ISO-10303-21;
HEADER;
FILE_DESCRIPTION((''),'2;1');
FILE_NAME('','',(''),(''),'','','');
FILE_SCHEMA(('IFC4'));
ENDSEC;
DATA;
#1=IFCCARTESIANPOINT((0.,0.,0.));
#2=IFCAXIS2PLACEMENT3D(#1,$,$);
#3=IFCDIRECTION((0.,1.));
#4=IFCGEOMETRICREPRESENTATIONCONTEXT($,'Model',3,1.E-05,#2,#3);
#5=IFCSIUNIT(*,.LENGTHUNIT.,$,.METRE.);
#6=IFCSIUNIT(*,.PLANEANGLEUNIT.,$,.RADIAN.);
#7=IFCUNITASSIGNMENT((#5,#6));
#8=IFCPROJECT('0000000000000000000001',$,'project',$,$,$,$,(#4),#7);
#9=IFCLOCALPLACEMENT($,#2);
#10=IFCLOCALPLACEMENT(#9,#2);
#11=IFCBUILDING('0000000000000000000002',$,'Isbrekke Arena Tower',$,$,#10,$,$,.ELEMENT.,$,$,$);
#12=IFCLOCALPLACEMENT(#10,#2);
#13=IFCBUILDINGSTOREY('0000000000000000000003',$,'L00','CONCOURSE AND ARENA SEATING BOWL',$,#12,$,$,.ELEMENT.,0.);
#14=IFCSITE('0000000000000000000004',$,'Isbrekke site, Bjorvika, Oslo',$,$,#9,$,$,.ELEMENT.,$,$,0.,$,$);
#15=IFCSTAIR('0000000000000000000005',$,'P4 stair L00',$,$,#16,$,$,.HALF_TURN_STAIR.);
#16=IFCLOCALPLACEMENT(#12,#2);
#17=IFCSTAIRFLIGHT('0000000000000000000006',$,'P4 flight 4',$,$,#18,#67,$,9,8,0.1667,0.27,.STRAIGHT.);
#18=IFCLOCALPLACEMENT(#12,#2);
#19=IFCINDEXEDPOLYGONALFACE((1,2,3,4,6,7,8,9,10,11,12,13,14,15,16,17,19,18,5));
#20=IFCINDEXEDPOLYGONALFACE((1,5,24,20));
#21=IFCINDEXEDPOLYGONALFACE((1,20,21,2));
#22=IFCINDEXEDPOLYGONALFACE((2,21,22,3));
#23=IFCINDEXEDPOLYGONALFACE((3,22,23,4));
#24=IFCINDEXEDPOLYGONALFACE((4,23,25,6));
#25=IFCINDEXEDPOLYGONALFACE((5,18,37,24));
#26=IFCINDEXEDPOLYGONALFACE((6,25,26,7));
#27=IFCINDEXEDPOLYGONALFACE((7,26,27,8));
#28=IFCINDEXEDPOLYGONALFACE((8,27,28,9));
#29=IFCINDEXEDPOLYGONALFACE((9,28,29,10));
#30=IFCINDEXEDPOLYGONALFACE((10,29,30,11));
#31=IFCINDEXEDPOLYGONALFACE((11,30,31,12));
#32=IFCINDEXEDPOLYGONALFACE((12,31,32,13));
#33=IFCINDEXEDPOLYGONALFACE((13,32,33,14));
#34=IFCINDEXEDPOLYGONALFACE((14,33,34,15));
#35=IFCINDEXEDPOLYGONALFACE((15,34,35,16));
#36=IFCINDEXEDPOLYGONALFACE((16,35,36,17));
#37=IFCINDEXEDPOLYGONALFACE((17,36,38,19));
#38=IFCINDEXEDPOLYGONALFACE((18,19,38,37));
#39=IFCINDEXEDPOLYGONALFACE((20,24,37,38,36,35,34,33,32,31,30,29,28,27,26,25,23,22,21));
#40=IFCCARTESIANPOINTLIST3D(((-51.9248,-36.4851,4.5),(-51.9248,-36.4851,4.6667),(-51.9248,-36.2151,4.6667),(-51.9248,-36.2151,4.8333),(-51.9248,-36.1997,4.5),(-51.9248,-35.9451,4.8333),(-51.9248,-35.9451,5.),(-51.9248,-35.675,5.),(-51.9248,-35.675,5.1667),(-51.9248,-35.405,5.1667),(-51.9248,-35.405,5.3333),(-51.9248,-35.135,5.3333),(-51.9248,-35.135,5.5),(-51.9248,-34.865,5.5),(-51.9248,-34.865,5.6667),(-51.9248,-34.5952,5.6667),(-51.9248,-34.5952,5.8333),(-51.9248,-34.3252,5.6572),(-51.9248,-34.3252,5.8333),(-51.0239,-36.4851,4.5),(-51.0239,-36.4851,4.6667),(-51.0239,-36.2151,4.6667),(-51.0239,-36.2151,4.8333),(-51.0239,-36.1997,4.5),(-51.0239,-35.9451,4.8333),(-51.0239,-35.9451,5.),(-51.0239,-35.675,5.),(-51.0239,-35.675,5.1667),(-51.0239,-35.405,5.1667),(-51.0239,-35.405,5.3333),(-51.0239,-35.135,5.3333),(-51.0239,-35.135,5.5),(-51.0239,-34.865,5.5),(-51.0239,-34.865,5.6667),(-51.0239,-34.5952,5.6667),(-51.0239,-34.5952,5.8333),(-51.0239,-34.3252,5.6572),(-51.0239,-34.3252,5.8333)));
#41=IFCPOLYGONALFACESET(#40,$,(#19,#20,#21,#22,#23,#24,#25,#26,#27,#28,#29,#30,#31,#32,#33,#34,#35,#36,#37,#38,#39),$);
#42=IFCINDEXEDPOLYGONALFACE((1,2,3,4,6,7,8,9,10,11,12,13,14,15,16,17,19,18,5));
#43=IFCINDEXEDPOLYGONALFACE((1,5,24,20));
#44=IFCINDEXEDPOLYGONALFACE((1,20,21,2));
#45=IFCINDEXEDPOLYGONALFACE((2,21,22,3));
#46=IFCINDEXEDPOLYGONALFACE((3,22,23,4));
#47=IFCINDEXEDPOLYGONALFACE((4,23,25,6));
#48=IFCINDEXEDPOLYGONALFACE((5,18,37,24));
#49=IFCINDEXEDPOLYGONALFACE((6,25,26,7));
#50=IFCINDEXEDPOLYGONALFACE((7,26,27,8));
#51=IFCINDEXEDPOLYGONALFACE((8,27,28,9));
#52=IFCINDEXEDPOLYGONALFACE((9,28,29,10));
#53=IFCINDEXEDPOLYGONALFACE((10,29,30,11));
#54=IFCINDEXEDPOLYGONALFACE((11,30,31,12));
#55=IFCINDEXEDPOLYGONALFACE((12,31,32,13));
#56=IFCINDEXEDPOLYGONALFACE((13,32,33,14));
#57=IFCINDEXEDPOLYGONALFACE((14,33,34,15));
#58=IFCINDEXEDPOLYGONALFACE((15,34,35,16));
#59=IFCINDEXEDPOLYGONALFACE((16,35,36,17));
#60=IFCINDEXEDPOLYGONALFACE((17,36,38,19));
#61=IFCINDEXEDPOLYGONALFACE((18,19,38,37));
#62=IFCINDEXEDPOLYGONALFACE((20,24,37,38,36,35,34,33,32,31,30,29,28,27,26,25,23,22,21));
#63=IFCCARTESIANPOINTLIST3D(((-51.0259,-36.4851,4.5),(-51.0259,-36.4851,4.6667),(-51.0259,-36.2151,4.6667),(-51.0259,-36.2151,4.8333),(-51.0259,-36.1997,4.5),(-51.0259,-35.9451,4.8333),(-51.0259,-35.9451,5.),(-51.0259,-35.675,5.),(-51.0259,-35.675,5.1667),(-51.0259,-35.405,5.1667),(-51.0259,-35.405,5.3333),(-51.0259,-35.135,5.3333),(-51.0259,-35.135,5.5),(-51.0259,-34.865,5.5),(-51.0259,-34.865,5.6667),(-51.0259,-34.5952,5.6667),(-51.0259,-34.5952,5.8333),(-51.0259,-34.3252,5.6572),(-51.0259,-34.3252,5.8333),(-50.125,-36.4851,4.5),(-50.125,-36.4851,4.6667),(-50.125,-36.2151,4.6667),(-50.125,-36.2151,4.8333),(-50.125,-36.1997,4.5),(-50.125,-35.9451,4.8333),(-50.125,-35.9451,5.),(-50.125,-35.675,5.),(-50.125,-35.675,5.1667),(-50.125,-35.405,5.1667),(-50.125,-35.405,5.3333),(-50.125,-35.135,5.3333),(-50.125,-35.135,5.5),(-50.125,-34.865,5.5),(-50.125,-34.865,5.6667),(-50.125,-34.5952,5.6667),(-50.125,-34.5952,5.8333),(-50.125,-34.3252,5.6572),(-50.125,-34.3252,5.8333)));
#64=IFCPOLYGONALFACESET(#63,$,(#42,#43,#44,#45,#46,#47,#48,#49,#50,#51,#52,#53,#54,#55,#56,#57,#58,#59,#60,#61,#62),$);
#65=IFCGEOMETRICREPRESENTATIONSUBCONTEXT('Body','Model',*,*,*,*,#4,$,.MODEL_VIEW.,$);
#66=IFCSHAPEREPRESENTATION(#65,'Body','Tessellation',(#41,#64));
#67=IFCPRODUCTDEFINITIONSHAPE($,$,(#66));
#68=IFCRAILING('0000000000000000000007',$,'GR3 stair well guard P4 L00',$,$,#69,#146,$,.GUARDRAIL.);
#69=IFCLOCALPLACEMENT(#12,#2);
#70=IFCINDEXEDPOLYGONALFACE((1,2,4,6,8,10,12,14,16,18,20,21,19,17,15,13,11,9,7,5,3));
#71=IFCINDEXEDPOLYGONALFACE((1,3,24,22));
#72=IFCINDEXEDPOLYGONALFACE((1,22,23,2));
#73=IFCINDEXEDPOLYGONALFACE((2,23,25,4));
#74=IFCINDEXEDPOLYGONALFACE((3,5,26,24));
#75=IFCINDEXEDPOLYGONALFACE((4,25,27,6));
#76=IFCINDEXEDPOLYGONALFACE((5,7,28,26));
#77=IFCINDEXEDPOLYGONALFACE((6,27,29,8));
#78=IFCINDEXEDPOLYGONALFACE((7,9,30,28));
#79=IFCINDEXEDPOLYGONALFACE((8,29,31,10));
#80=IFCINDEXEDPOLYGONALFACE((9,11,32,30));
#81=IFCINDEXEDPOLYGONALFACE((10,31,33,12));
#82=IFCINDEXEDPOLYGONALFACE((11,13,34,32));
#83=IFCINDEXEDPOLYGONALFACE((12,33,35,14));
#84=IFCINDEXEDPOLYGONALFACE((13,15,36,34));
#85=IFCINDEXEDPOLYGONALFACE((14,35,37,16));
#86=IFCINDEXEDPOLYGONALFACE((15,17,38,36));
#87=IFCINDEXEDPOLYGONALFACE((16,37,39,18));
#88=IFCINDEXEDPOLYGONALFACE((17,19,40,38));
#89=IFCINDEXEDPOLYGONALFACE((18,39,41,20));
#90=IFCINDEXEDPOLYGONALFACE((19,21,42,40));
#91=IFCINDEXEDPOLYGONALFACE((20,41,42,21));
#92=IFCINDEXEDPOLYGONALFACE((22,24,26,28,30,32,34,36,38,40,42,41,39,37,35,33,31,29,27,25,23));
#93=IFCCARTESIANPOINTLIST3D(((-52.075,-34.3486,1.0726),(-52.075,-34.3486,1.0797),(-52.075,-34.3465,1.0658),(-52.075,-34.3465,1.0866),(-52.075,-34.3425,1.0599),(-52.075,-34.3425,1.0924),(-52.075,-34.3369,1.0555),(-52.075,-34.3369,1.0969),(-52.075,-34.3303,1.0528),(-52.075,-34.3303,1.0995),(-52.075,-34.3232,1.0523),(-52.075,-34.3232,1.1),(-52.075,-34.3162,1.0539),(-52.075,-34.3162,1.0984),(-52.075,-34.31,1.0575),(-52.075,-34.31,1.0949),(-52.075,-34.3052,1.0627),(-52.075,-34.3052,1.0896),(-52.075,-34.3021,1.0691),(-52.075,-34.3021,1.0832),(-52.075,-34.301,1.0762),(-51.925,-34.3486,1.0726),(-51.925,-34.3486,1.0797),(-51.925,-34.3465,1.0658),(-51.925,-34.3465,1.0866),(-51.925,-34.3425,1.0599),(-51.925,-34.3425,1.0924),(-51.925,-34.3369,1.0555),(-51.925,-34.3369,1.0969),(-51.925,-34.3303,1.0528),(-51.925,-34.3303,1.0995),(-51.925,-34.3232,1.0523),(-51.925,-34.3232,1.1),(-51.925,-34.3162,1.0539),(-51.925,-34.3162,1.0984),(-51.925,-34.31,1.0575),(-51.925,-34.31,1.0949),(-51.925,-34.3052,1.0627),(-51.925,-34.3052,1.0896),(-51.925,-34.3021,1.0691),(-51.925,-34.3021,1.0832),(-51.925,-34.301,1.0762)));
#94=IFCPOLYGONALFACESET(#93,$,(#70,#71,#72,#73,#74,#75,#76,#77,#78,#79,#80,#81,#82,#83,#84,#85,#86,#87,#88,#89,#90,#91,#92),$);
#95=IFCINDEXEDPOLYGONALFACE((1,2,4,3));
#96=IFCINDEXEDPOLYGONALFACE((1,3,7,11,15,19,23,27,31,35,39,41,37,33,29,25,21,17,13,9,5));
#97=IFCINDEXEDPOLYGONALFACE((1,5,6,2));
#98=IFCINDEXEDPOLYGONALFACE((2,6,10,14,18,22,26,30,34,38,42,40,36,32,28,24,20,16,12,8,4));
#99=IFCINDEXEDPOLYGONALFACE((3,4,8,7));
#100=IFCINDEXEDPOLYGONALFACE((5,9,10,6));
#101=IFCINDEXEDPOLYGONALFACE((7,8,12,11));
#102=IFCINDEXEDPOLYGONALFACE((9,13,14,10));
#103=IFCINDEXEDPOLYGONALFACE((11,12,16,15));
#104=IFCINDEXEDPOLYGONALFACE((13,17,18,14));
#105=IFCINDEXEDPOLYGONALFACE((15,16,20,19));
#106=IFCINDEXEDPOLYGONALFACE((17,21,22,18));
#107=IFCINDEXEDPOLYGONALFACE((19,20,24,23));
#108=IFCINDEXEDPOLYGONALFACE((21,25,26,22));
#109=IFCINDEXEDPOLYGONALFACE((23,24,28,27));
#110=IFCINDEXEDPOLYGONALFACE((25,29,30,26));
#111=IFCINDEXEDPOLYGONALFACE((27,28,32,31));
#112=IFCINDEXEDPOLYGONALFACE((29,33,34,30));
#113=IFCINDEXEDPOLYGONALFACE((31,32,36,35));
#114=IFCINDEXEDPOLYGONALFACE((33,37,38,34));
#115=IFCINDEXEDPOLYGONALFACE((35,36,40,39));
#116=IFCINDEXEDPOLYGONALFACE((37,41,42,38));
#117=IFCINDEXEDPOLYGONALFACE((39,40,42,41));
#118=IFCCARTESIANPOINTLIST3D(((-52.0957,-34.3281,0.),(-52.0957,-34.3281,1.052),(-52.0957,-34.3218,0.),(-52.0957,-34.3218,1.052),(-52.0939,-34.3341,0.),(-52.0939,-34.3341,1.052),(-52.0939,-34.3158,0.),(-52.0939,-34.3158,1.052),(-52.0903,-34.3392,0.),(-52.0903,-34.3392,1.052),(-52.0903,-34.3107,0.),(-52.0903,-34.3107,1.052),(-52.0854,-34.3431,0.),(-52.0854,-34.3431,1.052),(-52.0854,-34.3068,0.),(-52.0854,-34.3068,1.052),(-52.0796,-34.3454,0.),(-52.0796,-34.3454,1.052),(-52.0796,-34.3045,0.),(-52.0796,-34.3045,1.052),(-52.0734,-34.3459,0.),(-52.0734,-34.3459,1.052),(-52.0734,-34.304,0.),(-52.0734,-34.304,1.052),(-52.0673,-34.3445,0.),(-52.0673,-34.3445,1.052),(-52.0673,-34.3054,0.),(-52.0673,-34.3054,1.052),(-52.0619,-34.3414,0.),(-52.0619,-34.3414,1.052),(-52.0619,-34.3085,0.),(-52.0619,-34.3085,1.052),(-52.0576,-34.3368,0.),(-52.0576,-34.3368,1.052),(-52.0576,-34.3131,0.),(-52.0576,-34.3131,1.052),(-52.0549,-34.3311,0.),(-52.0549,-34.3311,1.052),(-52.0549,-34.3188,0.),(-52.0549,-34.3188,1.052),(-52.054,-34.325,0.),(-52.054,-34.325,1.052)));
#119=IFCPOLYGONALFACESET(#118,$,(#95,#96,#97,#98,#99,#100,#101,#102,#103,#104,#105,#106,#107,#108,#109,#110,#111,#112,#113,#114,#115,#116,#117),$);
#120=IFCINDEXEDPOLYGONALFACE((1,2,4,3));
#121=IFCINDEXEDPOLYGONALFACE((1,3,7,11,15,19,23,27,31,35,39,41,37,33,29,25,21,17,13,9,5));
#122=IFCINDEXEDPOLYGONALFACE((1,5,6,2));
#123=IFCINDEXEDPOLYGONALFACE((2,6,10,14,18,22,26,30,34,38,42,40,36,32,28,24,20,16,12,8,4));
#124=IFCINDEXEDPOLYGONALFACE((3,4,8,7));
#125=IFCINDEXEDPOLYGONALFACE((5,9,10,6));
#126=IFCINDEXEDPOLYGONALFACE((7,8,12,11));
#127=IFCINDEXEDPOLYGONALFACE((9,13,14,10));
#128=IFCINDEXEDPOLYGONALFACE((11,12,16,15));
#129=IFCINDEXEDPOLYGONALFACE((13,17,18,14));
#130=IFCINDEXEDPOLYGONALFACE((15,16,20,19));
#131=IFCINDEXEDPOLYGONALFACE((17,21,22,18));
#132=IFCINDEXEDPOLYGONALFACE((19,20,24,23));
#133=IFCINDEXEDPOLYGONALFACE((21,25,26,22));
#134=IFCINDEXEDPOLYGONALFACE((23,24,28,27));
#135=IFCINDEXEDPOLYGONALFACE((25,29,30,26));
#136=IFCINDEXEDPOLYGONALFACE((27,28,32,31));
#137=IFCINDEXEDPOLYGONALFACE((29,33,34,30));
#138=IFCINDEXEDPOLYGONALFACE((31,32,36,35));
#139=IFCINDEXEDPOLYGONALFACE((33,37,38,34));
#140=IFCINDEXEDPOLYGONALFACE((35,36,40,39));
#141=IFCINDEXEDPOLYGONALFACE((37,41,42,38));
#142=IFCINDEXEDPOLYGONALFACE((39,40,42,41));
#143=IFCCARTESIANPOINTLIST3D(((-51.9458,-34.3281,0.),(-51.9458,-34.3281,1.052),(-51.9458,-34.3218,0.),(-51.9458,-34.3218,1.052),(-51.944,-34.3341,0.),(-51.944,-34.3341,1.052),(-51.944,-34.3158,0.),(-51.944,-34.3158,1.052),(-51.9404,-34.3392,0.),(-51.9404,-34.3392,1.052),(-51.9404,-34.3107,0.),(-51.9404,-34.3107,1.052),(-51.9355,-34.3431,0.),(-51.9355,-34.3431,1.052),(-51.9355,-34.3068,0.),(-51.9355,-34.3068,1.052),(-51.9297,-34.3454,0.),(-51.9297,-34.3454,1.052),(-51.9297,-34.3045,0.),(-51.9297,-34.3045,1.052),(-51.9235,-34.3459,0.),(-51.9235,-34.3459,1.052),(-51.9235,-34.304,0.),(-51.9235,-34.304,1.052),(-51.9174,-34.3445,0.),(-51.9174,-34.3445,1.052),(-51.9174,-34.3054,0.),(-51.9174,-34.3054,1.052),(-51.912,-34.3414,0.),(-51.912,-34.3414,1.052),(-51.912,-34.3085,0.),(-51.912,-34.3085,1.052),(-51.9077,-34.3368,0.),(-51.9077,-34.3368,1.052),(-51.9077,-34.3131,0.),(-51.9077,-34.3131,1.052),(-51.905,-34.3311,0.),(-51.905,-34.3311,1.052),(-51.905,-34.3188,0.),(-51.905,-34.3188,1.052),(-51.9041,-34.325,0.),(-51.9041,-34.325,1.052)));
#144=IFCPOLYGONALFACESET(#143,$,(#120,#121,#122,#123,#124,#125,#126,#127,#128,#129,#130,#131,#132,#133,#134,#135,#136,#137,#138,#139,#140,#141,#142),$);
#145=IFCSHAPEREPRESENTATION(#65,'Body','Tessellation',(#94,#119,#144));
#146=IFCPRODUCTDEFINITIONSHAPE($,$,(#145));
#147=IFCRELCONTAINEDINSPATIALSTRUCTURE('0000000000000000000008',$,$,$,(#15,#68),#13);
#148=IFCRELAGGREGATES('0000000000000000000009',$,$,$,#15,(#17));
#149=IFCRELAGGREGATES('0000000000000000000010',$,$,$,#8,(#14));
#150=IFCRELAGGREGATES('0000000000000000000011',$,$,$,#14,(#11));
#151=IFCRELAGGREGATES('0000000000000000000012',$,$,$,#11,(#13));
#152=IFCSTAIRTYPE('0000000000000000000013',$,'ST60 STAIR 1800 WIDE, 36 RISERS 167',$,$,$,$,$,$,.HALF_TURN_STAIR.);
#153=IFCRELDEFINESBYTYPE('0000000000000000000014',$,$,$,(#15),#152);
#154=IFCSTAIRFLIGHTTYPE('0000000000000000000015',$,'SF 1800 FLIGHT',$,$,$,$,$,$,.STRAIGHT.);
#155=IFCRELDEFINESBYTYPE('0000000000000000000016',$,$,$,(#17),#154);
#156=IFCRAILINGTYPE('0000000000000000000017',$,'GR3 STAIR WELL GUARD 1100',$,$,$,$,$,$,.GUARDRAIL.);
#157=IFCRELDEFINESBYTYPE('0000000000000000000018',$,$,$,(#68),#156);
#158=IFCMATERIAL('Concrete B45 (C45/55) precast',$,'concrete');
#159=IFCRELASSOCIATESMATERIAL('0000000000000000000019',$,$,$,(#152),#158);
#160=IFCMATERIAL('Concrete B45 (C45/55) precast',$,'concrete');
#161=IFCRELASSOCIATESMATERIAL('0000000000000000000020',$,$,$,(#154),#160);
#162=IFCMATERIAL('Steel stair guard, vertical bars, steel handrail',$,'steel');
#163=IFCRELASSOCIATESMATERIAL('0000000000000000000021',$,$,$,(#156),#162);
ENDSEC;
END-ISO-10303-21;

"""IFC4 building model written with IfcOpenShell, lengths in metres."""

from ifc_helpers import new_model, si_unit, direction, frame, origin, origin_2d, place, context, subcontext, project, spatial, polyline, circle, outline, extrude, material, type_object, element, aggregate, save


model = new_model("IFC4")

# Units and contexts
model_context = context("Model", 3, precision=1e-05, world=origin(), true_north=direction((0.0, 1.0)))
body_context = subcontext(model_context, "Body", "Model", "MODEL_VIEW")
ifc_project = project(units=[si_unit("LENGTHUNIT", "METRE"), si_unit("PLANEANGLEUNIT", "RADIAN")], contexts=[model_context])

# Site, building, storey
site_placement = place(None, origin())
site = spatial("IfcSite", under=ifc_project, at=site_placement, Name="Isbrekke site, Bjorvika, Oslo", CompositionType="ELEMENT", RefElevation=0.0)
building_placement = place(site_placement, origin())
building = spatial("IfcBuilding", under=site, at=building_placement, Name="Isbrekke Arena Tower", CompositionType="ELEMENT")
storey_placement = place(building_placement, origin())
storey = spatial("IfcBuildingStorey", under=building, at=storey_placement, Name="L00", Description="CONCOURSE AND ARENA SEATING BOWL", CompositionType="ELEMENT", Elevation=0.0)

# Stair, stair flight
ifc_material_1 = material(Name="Concrete B45 (C45/55) precast", Category="concrete")
stair_type = type_object("IfcStairType", Name="ST60 STAIR 1800 WIDE, 36 RISERS 167", PredefinedType="HALF_TURN_STAIR", material=ifc_material_1)
stair_placement = place(storey_placement, origin())
stair = element("IfcStair", 1, at=stair_placement, inside=storey, type_object=stair_type, Name="P4 stair L00", PredefinedType="HALF_TURN_STAIR")
ifc_material_2 = material(Name="Concrete B45 (C45/55) precast", Category="concrete")
stair_flight_type = type_object("IfcStairFlightType", Name="SF 1800 FLIGHT", PredefinedType="STRAIGHT", material=ifc_material_2)
stair_flight_1_placement = place(storey_placement, frame((-51.0249, -36.4851, 4.5), z_axis=(0.0, 0.0, 1.0), x_axis=(0.0, 1.0, 0.0)))
stair_flight_1 = element("IfcStairFlight", 2, at=stair_flight_1_placement, type_object=stair_flight_type, Name="P4 flight 4", NumberOfRisers=9, NumberOfTreads=8, PredefinedType="STRAIGHT", RiserHeight=0.1667, TreadLength=0.27, context=body_context, shape_type="SweptSolid", body=[
    extrude(outline(polyline([(0.0, 0.0), (0.0, 0.1667), (0.27, 0.1667), (0.27, 0.3333), (0.54, 0.3333), (0.54, 0.5), (0.8101, 0.5), (0.8101, 0.6667), (1.0801, 0.6667), (1.0801, 0.8333), (1.3501, 0.8333), (1.3501, 1.0), (1.6201, 1.0), (1.6201, 1.1667), (1.8899, 1.1667), (1.8899, 1.3333), (2.1599, 1.3333), (2.1599, 1.5), (2.1599, 1.1572), (0.2854, 0.0), (0.0, 0.0)])), frame((0.0, 0.8999, 0.0), z_axis=(0.0, -1.0, 0.0), x_axis=(1.0, 0.0, 0.0)), (0.0, 0.0, 1.0), 0.9009),
    extrude(outline(polyline([(0.0, 0.0), (0.0, 0.1667), (0.27, 0.1667), (0.27, 0.3333), (0.54, 0.3333), (0.54, 0.5), (0.8101, 0.5), (0.8101, 0.6667), (1.0801, 0.6667), (1.0801, 0.8333), (1.3501, 0.8333), (1.3501, 1.0), (1.6201, 1.0), (1.6201, 1.1667), (1.8899, 1.1667), (1.8899, 1.3333), (2.1599, 1.3333), (2.1599, 1.5), (2.1599, 1.1572), (0.2854, 0.0), (0.0, 0.0)])), frame((0.0, 0.001, 0.0), z_axis=(0.0, -1.0, 0.0), x_axis=(1.0, 0.0, 0.0)), (0.0, 0.0, 1.0), 0.9009),
])
aggregate(stair, [stair_flight_1])

# Railing
ifc_material_3 = material(Name="Steel stair guard, vertical bars, steel handrail", Category="steel")
railing_type = type_object("IfcRailingType", Name="GR3 STAIR WELL GUARD 1100", PredefinedType="GUARDRAIL", material=ifc_material_3)
for number, where, name in (
    (3, (-52.075, -34.325, 0.0), "GR3 stair well guard P4 L00"),
):
    element("IfcRailing", number, at=place(storey_placement, frame(where)), inside=storey, type_object=railing_type, Name=name, PredefinedType="GUARDRAIL", context=body_context, shape_type="SweptSolid", body=[
        extrude(circle(Radius=0.0239, at=origin_2d()), frame((0.0, 0.0, 1.0762), z_axis=(1.0, 0.0, 0.0), x_axis=(0.0, 1.0, 0.0)), (0.0, 0.0, 1.0), 0.1499),
        extrude(circle(Radius=0.021, at=origin_2d()), origin(), (0.0, 0.0, 1.0), 1.052),
        extrude(circle(Radius=0.021, at=origin_2d()), frame((0.1499, 0.0, 0.0)), (0.0, 0.0, 1.0), 1.052),
    ])

save(model, "model.ifc")
